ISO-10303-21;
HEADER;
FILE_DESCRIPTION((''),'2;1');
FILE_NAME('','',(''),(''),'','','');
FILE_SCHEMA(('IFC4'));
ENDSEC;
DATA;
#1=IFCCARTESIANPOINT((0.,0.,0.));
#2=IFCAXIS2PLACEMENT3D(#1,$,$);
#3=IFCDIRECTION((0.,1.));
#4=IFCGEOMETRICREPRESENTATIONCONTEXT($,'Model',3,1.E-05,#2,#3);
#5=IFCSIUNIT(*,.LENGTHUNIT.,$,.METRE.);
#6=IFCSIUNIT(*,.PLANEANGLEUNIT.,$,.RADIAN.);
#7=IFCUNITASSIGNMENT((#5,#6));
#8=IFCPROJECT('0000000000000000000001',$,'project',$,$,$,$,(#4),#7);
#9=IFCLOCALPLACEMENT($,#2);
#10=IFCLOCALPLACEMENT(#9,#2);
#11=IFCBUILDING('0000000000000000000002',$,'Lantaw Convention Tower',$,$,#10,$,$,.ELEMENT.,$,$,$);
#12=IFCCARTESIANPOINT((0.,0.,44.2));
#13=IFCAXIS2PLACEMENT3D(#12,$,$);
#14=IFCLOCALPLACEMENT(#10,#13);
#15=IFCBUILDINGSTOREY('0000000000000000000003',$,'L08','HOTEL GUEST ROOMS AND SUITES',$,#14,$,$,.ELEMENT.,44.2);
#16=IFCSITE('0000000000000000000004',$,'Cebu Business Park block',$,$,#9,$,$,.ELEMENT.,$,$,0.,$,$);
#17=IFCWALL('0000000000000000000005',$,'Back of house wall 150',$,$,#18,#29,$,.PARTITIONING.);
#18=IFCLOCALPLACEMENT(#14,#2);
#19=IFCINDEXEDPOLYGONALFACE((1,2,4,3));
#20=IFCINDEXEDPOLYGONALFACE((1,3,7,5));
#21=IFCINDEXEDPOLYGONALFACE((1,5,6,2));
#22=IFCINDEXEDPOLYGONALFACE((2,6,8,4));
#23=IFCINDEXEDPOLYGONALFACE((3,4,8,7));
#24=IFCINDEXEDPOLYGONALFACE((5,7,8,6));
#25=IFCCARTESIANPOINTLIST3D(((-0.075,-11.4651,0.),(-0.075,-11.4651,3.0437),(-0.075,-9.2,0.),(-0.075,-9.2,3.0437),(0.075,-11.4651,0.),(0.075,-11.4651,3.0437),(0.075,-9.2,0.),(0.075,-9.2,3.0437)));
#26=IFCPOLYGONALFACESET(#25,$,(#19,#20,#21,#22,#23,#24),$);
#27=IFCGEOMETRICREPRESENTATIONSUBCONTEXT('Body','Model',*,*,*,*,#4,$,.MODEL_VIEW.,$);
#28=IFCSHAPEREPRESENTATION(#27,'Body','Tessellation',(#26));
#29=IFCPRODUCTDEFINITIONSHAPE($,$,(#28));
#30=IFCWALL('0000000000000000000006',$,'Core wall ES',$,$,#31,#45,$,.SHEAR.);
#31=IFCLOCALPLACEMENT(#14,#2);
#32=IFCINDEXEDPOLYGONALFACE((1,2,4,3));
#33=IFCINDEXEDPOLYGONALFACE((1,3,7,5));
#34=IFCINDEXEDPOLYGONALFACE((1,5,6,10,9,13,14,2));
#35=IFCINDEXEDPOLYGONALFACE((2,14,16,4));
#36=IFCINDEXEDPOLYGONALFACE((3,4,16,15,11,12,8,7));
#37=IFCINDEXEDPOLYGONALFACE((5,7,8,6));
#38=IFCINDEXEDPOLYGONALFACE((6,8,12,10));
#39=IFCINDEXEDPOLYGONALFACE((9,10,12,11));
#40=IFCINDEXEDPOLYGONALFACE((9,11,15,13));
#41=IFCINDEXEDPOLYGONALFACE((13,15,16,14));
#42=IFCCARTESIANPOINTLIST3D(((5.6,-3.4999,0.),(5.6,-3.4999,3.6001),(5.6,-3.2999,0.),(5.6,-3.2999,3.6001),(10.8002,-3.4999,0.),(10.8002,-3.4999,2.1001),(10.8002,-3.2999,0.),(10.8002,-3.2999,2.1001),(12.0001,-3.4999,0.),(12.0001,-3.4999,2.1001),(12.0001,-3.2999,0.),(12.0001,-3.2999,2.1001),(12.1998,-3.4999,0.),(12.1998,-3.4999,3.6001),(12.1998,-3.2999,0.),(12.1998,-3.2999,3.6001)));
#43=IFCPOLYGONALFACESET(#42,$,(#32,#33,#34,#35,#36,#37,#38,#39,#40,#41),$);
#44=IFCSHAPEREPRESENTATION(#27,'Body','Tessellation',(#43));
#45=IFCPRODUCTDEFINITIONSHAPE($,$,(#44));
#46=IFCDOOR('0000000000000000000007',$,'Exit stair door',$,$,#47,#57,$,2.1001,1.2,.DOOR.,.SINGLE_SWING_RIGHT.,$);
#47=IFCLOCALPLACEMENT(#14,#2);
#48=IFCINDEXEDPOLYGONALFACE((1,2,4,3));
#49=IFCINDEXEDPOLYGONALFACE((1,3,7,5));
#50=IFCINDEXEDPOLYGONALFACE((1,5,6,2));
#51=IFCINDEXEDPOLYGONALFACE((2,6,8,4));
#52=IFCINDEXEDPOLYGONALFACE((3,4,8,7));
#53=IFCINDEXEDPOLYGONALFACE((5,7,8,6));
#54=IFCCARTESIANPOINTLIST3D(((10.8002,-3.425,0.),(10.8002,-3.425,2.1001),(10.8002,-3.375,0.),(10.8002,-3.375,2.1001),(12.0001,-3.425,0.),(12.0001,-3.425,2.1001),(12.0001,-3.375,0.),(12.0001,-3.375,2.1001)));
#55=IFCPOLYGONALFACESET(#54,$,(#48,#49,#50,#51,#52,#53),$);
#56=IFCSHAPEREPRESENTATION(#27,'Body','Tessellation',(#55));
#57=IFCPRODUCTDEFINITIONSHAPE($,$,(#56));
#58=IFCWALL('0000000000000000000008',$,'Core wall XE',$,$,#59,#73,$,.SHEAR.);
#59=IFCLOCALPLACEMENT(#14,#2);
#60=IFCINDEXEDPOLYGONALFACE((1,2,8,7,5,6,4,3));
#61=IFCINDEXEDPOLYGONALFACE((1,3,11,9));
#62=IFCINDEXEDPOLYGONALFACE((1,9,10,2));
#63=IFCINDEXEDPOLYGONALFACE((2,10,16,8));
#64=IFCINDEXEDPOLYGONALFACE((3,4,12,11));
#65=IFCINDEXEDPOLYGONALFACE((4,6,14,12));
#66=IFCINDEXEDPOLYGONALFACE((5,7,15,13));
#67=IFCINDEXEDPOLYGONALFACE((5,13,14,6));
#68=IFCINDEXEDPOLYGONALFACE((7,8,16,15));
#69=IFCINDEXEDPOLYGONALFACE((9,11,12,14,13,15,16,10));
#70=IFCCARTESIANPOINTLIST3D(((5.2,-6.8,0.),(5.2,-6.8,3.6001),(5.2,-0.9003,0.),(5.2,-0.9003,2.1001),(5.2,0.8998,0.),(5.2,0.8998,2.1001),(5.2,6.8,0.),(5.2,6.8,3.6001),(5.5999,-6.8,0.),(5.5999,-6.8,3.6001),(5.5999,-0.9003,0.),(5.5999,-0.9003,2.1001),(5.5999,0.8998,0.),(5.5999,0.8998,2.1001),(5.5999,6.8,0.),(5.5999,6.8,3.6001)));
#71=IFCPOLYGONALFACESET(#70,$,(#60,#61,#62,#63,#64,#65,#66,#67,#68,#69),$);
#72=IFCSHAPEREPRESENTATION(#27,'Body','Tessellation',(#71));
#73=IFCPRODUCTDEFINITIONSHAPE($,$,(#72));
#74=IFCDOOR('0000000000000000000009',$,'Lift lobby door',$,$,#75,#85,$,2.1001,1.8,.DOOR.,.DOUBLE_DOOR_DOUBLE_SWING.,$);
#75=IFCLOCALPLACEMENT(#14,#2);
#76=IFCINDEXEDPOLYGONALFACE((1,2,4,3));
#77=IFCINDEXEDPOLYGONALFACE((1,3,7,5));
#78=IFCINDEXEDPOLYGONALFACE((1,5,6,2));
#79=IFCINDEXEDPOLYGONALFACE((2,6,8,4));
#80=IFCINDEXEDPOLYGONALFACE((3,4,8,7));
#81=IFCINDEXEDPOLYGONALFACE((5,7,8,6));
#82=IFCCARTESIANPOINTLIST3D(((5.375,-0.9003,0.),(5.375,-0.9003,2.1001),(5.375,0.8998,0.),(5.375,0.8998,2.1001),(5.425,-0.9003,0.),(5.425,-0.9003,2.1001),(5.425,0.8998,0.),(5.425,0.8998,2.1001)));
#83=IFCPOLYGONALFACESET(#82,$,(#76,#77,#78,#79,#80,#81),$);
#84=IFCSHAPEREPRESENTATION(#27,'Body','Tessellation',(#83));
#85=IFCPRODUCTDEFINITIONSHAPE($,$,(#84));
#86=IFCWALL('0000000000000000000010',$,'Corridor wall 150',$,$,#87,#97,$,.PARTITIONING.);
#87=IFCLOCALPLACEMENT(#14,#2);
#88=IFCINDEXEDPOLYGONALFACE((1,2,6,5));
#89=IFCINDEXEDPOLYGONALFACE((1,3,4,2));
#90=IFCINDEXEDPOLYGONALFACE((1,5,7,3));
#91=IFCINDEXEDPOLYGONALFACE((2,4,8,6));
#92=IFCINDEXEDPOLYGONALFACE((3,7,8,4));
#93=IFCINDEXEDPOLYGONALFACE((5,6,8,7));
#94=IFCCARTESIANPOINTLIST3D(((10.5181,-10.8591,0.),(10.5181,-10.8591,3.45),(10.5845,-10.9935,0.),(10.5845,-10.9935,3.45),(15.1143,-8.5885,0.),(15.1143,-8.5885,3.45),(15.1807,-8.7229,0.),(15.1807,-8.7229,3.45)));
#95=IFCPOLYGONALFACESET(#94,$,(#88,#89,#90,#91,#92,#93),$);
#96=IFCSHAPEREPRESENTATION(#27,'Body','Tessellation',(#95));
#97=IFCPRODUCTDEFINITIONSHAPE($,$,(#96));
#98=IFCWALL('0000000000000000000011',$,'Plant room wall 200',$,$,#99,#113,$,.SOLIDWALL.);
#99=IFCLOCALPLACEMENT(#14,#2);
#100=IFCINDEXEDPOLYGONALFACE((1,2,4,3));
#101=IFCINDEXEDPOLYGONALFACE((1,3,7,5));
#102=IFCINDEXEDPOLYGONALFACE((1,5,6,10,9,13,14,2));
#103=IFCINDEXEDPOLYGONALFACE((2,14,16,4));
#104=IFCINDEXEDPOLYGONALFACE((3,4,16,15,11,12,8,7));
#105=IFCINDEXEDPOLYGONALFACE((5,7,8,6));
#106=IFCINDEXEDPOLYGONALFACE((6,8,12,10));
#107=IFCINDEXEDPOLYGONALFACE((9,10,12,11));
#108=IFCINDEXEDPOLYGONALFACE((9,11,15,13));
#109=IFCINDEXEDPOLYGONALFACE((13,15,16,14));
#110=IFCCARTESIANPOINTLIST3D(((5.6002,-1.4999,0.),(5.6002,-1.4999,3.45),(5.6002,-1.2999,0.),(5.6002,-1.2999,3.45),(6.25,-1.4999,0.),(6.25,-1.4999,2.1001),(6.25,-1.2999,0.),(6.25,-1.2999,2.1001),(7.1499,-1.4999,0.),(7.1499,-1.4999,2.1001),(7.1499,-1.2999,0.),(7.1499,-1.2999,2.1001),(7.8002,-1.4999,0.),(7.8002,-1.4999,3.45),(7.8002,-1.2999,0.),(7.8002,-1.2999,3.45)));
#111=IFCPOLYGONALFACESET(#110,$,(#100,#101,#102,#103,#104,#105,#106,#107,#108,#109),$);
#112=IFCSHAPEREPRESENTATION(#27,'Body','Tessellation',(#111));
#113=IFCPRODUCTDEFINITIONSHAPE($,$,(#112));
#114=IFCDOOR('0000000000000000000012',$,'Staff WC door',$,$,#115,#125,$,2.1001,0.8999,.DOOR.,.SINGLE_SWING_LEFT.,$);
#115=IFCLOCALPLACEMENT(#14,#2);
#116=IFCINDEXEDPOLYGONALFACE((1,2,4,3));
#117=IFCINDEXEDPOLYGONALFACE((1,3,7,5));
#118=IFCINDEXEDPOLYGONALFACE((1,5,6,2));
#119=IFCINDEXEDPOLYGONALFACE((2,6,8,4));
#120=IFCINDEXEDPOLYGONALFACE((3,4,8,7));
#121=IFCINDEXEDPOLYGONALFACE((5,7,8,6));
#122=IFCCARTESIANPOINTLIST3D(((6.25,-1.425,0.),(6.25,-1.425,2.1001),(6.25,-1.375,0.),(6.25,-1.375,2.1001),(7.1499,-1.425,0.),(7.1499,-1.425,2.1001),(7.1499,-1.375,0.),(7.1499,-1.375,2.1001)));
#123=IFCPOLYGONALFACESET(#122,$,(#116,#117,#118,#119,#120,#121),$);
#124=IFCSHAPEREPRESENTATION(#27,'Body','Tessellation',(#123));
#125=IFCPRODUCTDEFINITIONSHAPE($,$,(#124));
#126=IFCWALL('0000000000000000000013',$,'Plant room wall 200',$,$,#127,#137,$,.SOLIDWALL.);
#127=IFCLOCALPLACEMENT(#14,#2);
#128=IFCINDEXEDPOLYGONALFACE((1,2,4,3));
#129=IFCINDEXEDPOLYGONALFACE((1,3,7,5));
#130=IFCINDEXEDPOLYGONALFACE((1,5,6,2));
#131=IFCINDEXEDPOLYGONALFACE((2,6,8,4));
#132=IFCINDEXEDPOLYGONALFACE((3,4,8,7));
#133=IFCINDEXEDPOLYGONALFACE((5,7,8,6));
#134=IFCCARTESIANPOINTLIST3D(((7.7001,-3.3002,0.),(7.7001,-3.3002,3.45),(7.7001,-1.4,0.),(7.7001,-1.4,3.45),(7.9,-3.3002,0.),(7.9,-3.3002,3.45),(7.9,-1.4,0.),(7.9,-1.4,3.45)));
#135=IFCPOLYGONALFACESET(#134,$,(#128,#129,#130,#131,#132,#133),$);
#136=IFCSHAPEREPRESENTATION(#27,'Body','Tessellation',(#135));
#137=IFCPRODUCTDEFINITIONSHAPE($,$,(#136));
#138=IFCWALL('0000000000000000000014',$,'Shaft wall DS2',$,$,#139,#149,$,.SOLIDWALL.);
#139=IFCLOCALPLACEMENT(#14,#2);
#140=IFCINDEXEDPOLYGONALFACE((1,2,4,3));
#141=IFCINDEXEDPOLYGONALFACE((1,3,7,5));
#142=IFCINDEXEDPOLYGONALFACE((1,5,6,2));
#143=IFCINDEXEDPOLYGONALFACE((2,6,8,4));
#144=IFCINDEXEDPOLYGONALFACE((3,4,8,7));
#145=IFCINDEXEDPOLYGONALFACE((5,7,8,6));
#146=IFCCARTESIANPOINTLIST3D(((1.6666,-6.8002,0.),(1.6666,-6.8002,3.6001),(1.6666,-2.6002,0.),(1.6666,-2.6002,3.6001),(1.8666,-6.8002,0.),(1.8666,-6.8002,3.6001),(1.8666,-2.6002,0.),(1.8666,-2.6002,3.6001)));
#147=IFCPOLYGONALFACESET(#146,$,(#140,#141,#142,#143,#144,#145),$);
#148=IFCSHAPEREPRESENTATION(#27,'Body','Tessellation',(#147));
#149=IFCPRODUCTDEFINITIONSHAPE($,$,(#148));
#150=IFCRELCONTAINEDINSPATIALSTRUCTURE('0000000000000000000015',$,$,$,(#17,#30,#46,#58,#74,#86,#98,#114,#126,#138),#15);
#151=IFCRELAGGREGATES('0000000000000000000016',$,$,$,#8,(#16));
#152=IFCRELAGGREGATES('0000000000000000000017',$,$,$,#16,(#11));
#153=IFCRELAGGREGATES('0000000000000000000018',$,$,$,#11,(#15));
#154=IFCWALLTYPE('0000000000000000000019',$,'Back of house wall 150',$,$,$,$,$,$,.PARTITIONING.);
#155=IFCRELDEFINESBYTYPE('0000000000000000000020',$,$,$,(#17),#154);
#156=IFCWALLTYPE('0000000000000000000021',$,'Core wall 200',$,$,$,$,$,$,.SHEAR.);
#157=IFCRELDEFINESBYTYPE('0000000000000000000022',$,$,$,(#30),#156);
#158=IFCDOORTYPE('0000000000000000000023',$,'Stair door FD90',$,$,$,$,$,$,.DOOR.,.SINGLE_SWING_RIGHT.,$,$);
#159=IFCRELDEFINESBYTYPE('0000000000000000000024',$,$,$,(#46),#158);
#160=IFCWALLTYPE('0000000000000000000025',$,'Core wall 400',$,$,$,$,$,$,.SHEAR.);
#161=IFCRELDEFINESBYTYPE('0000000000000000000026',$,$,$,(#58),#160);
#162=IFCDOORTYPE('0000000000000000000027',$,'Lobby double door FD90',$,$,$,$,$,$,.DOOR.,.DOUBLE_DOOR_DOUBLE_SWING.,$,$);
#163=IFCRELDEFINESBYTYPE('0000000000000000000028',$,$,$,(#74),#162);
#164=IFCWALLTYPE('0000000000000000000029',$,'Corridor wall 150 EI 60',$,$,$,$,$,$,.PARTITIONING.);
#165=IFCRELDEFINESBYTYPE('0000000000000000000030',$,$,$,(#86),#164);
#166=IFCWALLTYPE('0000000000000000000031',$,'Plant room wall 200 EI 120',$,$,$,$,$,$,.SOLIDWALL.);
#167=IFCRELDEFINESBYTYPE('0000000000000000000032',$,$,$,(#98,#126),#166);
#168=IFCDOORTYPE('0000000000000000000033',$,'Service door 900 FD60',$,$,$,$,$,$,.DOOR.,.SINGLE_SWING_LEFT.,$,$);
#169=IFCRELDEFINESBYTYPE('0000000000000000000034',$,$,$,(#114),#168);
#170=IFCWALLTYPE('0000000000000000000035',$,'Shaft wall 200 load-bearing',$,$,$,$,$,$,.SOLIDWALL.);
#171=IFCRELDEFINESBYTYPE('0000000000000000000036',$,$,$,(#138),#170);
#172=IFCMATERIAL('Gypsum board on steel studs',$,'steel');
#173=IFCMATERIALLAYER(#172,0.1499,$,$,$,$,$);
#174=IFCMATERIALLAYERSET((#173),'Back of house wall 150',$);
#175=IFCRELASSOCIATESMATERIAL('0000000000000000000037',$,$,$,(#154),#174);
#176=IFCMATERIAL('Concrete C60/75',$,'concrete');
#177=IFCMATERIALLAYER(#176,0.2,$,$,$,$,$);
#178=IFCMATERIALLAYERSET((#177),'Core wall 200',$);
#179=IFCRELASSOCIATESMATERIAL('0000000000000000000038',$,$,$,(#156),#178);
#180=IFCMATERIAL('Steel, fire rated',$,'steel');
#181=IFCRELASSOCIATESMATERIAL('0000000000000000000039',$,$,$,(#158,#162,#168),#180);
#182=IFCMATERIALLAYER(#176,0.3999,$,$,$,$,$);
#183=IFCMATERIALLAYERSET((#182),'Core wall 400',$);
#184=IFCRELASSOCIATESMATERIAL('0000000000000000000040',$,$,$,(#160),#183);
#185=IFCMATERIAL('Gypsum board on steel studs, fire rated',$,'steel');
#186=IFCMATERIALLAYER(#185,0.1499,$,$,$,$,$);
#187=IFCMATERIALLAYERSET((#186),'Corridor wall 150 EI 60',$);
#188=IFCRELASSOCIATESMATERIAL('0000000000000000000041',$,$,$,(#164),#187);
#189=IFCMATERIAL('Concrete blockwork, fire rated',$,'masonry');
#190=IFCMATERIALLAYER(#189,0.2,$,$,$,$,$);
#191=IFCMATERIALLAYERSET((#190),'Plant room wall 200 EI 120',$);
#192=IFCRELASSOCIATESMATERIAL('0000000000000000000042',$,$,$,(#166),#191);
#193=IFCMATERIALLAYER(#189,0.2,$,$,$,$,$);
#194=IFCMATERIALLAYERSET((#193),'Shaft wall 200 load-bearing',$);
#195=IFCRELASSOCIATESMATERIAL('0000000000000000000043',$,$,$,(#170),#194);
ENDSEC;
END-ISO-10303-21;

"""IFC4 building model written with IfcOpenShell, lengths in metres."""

from ifc_helpers import new_model, si_unit, direction, frame, frame_2d, origin, place, context, subcontext, project, spatial, rectangle, extrude, material, layer, layer_set, type_object, element, fill, save


model = new_model("IFC4")

# Units and contexts
model_context = context("Model", 3, precision=1e-05, world=origin(), true_north=direction((0.0, 1.0)))
body_context = subcontext(model_context, "Body", "Model", "MODEL_VIEW")
ifc_project = project(units=[si_unit("LENGTHUNIT", "METRE"), si_unit("PLANEANGLEUNIT", "RADIAN")], contexts=[model_context])

# Site, building, storey
site_placement = place(None, origin())
site = spatial("IfcSite", under=ifc_project, at=site_placement, Name="Cebu Business Park block", CompositionType="ELEMENT", RefElevation=0.0)
building_placement = place(site_placement, origin())
building = spatial("IfcBuilding", under=site, at=building_placement, Name="Lantaw Convention Tower", CompositionType="ELEMENT")
storey_placement = place(building_placement, frame((0.0, 0.0, 44.2)))
storey = spatial("IfcBuildingStorey", under=building, at=storey_placement, Name="L08", Description="HOTEL GUEST ROOMS AND SUITES", CompositionType="ELEMENT", Elevation=44.2)

# Wall
ifc_material_1 = material(Name="Gypsum board on steel studs", Category="steel")
ifc_layer_1 = layer(ifc_material_1, 0.1499)
ifc_layer_set_1 = layer_set([ifc_layer_1], Name="Back of house wall 150")
wall_type_1 = type_object("IfcWallType", Name="Back of house wall 150", PredefinedType="PARTITIONING", material=ifc_layer_set_1)
wall_1_placement = place(storey_placement, frame((0.0, -9.2, 0.0), z_axis=(0.0, 0.0, 1.0), x_axis=(0.0, -1.0, 0.0)))
element("IfcWall", 1, at=wall_1_placement, inside=storey, type_object=wall_type_1, Name="Back of house wall 150", PredefinedType="PARTITIONING", context=body_context, shape_type="SweptSolid", body=[
    extrude(rectangle(XDim=2.2651, YDim=0.1499, at=frame_2d((1.1326, 0.0))), origin(), (0.0, 0.0, 1.0), 3.0437),
])

# Walls, openings, doors
ifc_material_2 = material(Name="Concrete C60/75", Category="concrete")
ifc_layer_2 = layer(ifc_material_2, 0.2)
ifc_layer_set_2 = layer_set([ifc_layer_2], Name="Core wall 200")
wall_type_2 = type_object("IfcWallType", Name="Core wall 200", PredefinedType="SHEAR", material=ifc_layer_set_2)
wall_2_placement = place(storey_placement, frame((5.6001, -3.3999, 0.0), z_axis=(0.0, 0.0, 1.0), x_axis=(1.0, 0.0, 0.0)))
wall_2 = element("IfcWall", 2, at=wall_2_placement, inside=storey, type_object=wall_type_2, Name="Core wall ES", PredefinedType="SHEAR", context=body_context, shape_type="SweptSolid", body=[
    extrude(rectangle(XDim=6.5999, YDim=0.2, at=frame_2d((3.2998, 0.0))), origin(), (0.0, 0.0, 1.0), 3.6001),
])
opening_1_placement = place(wall_2_placement, frame((5.2, 0.0, 0.0)))
opening_1 = element("IfcOpeningElement", 3, at=opening_1_placement, cuts=wall_2, PredefinedType="OPENING", context=body_context, shape_type="SweptSolid", body=[
    extrude(rectangle(XDim=1.2, YDim=2.1001, at=frame_2d((0.6001, 1.05))), frame((0.0, 0.1099, 0.0), z_axis=(0.0, -1.0, 0.0), x_axis=(1.0, 0.0, 0.0)), (0.0, 0.0, 1.0), 0.22),
])
ifc_material_3 = material(Name="Steel, fire rated", Category="steel")
door_type_1 = type_object("IfcDoorType", Name="Stair door FD90", OperationType="SINGLE_SWING_RIGHT", PredefinedType="DOOR", material=ifc_material_3)
door_1_placement = place(opening_1_placement, origin())
door_1 = element("IfcDoor", 4, at=door_1_placement, inside=storey, type_object=door_type_1, Name="Exit stair door", OperationType="SINGLE_SWING_RIGHT", OverallHeight=2.1001, OverallWidth=1.2, PredefinedType="DOOR", context=body_context, shape_type="SweptSolid", body=[
    extrude(rectangle(XDim=1.2, YDim=2.1001, at=frame_2d((0.6001, 1.05))), frame((0.0, 0.0249, 0.0), z_axis=(0.0, -1.0, 0.0), x_axis=(1.0, 0.0, 0.0)), (0.0, 0.0, 1.0), 0.05),
])
fill(opening_1, door_1)
ifc_layer_3 = layer(ifc_material_2, 0.3999)
ifc_layer_set_3 = layer_set([ifc_layer_3], Name="Core wall 400")
wall_type_3 = type_object("IfcWallType", Name="Core wall 400", PredefinedType="SHEAR", material=ifc_layer_set_3)
wall_3_placement = place(storey_placement, frame((5.3999, -6.8, 0.0), z_axis=(0.0, 0.0, 1.0), x_axis=(0.0, 1.0, 0.0)))
wall_3 = element("IfcWall", 5, at=wall_3_placement, inside=storey, type_object=wall_type_3, Name="Core wall XE", PredefinedType="SHEAR", context=body_context, shape_type="SweptSolid", body=[
    extrude(rectangle(XDim=13.6001, YDim=0.3999, at=frame_2d((6.8, 0.0))), origin(), (0.0, 0.0, 1.0), 3.6001),
])
opening_2_placement = place(wall_3_placement, frame((5.8999, 0.0, 0.0)))
opening_2 = element("IfcOpeningElement", 6, at=opening_2_placement, cuts=wall_3, PredefinedType="OPENING", context=body_context, shape_type="SweptSolid", body=[
    extrude(rectangle(XDim=1.8, YDim=2.1001, at=frame_2d((0.8999, 1.05))), frame((0.0, 0.21, 0.0), z_axis=(0.0, -1.0, 0.0), x_axis=(1.0, 0.0, 0.0)), (0.0, 0.0, 1.0), 0.4199),
])
door_type_2 = type_object("IfcDoorType", Name="Lobby double door FD90", OperationType="DOUBLE_DOOR_DOUBLE_SWING", PredefinedType="DOOR", material=ifc_material_3)
door_2_placement = place(opening_2_placement, origin())
door_2 = element("IfcDoor", 7, at=door_2_placement, inside=storey, type_object=door_type_2, Name="Lift lobby door", OperationType="DOUBLE_DOOR_DOUBLE_SWING", OverallHeight=2.1001, OverallWidth=1.8, PredefinedType="DOOR", context=body_context, shape_type="SweptSolid", body=[
    extrude(rectangle(XDim=1.8, YDim=2.1001, at=frame_2d((0.8999, 1.05))), frame((0.0, 0.0249, 0.0), z_axis=(0.0, -1.0, 0.0), x_axis=(1.0, 0.0, 0.0)), (0.0, 0.0, 1.0), 0.05),
])
fill(opening_2, door_2)

# Wall
ifc_material_4 = material(Name="Gypsum board on steel studs, fire rated", Category="steel")
ifc_layer_4 = layer(ifc_material_4, 0.1499)
ifc_layer_set_4 = layer_set([ifc_layer_4], Name="Corridor wall 150 EI 60")
wall_type_4 = type_object("IfcWallType", Name="Corridor wall 150 EI 60", PredefinedType="PARTITIONING", material=ifc_layer_set_4)
wall_4_placement = place(storey_placement, frame((10.5513, -10.9263, 0.0), z_axis=(0.0, 0.0, 1.0), x_axis=(0.896569, 0.442903, 0.0)))
element("IfcWall", 8, at=wall_4_placement, inside=storey, type_object=wall_type_4, Name="Corridor wall 150", PredefinedType="PARTITIONING", context=body_context, shape_type="SweptSolid", body=[
    extrude(rectangle(XDim=5.1265, YDim=0.1499, at=frame_2d((2.5632, 0.0))), origin(), (0.0, 0.0, 1.0), 3.45),
])

# Wall, opening, door
ifc_material_5 = material(Name="Concrete blockwork, fire rated", Category="masonry")
ifc_layer_5 = layer(ifc_material_5, 0.2)
ifc_layer_set_5 = layer_set([ifc_layer_5], Name="Plant room wall 200 EI 120")
wall_type_5 = type_object("IfcWallType", Name="Plant room wall 200 EI 120", PredefinedType="SOLIDWALL", material=ifc_layer_set_5)
wall_5_placement = place(storey_placement, frame((5.6001, -1.3999, 0.0), z_axis=(0.0, 0.0, 1.0), x_axis=(1.0, 0.0, 0.0)))
wall_5 = element("IfcWall", 9, at=wall_5_placement, inside=storey, type_object=wall_type_5, Name="Plant room wall 200", PredefinedType="SOLIDWALL", context=body_context, shape_type="SweptSolid", body=[
    extrude(rectangle(XDim=2.2, YDim=0.2, at=frame_2d((1.1001, 0.0))), origin(), (0.0, 0.0, 1.0), 3.45),
])
opening_3_placement = place(wall_5_placement, frame((0.6499, 0.0, 0.0)))
opening_3 = element("IfcOpeningElement", 10, at=opening_3_placement, cuts=wall_5, PredefinedType="OPENING", context=body_context, shape_type="SweptSolid", body=[
    extrude(rectangle(XDim=0.8999, YDim=2.1001, at=frame_2d((0.45, 1.05))), frame((0.0, 0.1099, 0.0), z_axis=(0.0, -1.0, 0.0), x_axis=(1.0, 0.0, 0.0)), (0.0, 0.0, 1.0), 0.22),
])
door_type_3 = type_object("IfcDoorType", Name="Service door 900 FD60", OperationType="SINGLE_SWING_LEFT", PredefinedType="DOOR", material=ifc_material_3)
door_3_placement = place(opening_3_placement, origin())
door_3 = element("IfcDoor", 11, at=door_3_placement, inside=storey, type_object=door_type_3, Name="Staff WC door", OperationType="SINGLE_SWING_LEFT", OverallHeight=2.1001, OverallWidth=0.8999, PredefinedType="DOOR", context=body_context, shape_type="SweptSolid", body=[
    extrude(rectangle(XDim=0.8999, YDim=2.1001, at=frame_2d((0.45, 1.05))), frame((0.0, 0.0249, 0.0), z_axis=(0.0, -1.0, 0.0), x_axis=(1.0, 0.0, 0.0)), (0.0, 0.0, 1.0), 0.05),
])
fill(opening_3, door_3)

# Walls
wall_6_placement = place(storey_placement, frame((7.8, -1.3999, 0.0), z_axis=(0.0, 0.0, 1.0), x_axis=(0.0, -1.0, 0.0)))
element("IfcWall", 12, at=wall_6_placement, inside=storey, type_object=wall_type_5, Name="Plant room wall 200", PredefinedType="SOLIDWALL", context=body_context, shape_type="SweptSolid", body=[
    extrude(rectangle(XDim=1.9001, YDim=0.2, at=frame_2d((0.9502, 0.0))), origin(), (0.0, 0.0, 1.0), 3.45),
])
ifc_layer_6 = layer(ifc_material_5, 0.2)
ifc_layer_set_6 = layer_set([ifc_layer_6], Name="Shaft wall 200 load-bearing")
wall_type_6 = type_object("IfcWallType", Name="Shaft wall 200 load-bearing", PredefinedType="SOLIDWALL", material=ifc_layer_set_6)
wall_7_placement = place(storey_placement, frame((1.7666, -2.6001, 0.0), z_axis=(0.0, 0.0, 1.0), x_axis=(0.0, -1.0, 0.0)))
element("IfcWall", 13, at=wall_7_placement, inside=storey, type_object=wall_type_6, Name="Shaft wall DS2", PredefinedType="SOLIDWALL", context=body_context, shape_type="SweptSolid", body=[
    extrude(rectangle(XDim=4.2, YDim=0.2, at=frame_2d((2.1001, 0.0))), origin(), (0.0, 0.0, 1.0), 3.6001),
])

save(model, "model.ifc")
